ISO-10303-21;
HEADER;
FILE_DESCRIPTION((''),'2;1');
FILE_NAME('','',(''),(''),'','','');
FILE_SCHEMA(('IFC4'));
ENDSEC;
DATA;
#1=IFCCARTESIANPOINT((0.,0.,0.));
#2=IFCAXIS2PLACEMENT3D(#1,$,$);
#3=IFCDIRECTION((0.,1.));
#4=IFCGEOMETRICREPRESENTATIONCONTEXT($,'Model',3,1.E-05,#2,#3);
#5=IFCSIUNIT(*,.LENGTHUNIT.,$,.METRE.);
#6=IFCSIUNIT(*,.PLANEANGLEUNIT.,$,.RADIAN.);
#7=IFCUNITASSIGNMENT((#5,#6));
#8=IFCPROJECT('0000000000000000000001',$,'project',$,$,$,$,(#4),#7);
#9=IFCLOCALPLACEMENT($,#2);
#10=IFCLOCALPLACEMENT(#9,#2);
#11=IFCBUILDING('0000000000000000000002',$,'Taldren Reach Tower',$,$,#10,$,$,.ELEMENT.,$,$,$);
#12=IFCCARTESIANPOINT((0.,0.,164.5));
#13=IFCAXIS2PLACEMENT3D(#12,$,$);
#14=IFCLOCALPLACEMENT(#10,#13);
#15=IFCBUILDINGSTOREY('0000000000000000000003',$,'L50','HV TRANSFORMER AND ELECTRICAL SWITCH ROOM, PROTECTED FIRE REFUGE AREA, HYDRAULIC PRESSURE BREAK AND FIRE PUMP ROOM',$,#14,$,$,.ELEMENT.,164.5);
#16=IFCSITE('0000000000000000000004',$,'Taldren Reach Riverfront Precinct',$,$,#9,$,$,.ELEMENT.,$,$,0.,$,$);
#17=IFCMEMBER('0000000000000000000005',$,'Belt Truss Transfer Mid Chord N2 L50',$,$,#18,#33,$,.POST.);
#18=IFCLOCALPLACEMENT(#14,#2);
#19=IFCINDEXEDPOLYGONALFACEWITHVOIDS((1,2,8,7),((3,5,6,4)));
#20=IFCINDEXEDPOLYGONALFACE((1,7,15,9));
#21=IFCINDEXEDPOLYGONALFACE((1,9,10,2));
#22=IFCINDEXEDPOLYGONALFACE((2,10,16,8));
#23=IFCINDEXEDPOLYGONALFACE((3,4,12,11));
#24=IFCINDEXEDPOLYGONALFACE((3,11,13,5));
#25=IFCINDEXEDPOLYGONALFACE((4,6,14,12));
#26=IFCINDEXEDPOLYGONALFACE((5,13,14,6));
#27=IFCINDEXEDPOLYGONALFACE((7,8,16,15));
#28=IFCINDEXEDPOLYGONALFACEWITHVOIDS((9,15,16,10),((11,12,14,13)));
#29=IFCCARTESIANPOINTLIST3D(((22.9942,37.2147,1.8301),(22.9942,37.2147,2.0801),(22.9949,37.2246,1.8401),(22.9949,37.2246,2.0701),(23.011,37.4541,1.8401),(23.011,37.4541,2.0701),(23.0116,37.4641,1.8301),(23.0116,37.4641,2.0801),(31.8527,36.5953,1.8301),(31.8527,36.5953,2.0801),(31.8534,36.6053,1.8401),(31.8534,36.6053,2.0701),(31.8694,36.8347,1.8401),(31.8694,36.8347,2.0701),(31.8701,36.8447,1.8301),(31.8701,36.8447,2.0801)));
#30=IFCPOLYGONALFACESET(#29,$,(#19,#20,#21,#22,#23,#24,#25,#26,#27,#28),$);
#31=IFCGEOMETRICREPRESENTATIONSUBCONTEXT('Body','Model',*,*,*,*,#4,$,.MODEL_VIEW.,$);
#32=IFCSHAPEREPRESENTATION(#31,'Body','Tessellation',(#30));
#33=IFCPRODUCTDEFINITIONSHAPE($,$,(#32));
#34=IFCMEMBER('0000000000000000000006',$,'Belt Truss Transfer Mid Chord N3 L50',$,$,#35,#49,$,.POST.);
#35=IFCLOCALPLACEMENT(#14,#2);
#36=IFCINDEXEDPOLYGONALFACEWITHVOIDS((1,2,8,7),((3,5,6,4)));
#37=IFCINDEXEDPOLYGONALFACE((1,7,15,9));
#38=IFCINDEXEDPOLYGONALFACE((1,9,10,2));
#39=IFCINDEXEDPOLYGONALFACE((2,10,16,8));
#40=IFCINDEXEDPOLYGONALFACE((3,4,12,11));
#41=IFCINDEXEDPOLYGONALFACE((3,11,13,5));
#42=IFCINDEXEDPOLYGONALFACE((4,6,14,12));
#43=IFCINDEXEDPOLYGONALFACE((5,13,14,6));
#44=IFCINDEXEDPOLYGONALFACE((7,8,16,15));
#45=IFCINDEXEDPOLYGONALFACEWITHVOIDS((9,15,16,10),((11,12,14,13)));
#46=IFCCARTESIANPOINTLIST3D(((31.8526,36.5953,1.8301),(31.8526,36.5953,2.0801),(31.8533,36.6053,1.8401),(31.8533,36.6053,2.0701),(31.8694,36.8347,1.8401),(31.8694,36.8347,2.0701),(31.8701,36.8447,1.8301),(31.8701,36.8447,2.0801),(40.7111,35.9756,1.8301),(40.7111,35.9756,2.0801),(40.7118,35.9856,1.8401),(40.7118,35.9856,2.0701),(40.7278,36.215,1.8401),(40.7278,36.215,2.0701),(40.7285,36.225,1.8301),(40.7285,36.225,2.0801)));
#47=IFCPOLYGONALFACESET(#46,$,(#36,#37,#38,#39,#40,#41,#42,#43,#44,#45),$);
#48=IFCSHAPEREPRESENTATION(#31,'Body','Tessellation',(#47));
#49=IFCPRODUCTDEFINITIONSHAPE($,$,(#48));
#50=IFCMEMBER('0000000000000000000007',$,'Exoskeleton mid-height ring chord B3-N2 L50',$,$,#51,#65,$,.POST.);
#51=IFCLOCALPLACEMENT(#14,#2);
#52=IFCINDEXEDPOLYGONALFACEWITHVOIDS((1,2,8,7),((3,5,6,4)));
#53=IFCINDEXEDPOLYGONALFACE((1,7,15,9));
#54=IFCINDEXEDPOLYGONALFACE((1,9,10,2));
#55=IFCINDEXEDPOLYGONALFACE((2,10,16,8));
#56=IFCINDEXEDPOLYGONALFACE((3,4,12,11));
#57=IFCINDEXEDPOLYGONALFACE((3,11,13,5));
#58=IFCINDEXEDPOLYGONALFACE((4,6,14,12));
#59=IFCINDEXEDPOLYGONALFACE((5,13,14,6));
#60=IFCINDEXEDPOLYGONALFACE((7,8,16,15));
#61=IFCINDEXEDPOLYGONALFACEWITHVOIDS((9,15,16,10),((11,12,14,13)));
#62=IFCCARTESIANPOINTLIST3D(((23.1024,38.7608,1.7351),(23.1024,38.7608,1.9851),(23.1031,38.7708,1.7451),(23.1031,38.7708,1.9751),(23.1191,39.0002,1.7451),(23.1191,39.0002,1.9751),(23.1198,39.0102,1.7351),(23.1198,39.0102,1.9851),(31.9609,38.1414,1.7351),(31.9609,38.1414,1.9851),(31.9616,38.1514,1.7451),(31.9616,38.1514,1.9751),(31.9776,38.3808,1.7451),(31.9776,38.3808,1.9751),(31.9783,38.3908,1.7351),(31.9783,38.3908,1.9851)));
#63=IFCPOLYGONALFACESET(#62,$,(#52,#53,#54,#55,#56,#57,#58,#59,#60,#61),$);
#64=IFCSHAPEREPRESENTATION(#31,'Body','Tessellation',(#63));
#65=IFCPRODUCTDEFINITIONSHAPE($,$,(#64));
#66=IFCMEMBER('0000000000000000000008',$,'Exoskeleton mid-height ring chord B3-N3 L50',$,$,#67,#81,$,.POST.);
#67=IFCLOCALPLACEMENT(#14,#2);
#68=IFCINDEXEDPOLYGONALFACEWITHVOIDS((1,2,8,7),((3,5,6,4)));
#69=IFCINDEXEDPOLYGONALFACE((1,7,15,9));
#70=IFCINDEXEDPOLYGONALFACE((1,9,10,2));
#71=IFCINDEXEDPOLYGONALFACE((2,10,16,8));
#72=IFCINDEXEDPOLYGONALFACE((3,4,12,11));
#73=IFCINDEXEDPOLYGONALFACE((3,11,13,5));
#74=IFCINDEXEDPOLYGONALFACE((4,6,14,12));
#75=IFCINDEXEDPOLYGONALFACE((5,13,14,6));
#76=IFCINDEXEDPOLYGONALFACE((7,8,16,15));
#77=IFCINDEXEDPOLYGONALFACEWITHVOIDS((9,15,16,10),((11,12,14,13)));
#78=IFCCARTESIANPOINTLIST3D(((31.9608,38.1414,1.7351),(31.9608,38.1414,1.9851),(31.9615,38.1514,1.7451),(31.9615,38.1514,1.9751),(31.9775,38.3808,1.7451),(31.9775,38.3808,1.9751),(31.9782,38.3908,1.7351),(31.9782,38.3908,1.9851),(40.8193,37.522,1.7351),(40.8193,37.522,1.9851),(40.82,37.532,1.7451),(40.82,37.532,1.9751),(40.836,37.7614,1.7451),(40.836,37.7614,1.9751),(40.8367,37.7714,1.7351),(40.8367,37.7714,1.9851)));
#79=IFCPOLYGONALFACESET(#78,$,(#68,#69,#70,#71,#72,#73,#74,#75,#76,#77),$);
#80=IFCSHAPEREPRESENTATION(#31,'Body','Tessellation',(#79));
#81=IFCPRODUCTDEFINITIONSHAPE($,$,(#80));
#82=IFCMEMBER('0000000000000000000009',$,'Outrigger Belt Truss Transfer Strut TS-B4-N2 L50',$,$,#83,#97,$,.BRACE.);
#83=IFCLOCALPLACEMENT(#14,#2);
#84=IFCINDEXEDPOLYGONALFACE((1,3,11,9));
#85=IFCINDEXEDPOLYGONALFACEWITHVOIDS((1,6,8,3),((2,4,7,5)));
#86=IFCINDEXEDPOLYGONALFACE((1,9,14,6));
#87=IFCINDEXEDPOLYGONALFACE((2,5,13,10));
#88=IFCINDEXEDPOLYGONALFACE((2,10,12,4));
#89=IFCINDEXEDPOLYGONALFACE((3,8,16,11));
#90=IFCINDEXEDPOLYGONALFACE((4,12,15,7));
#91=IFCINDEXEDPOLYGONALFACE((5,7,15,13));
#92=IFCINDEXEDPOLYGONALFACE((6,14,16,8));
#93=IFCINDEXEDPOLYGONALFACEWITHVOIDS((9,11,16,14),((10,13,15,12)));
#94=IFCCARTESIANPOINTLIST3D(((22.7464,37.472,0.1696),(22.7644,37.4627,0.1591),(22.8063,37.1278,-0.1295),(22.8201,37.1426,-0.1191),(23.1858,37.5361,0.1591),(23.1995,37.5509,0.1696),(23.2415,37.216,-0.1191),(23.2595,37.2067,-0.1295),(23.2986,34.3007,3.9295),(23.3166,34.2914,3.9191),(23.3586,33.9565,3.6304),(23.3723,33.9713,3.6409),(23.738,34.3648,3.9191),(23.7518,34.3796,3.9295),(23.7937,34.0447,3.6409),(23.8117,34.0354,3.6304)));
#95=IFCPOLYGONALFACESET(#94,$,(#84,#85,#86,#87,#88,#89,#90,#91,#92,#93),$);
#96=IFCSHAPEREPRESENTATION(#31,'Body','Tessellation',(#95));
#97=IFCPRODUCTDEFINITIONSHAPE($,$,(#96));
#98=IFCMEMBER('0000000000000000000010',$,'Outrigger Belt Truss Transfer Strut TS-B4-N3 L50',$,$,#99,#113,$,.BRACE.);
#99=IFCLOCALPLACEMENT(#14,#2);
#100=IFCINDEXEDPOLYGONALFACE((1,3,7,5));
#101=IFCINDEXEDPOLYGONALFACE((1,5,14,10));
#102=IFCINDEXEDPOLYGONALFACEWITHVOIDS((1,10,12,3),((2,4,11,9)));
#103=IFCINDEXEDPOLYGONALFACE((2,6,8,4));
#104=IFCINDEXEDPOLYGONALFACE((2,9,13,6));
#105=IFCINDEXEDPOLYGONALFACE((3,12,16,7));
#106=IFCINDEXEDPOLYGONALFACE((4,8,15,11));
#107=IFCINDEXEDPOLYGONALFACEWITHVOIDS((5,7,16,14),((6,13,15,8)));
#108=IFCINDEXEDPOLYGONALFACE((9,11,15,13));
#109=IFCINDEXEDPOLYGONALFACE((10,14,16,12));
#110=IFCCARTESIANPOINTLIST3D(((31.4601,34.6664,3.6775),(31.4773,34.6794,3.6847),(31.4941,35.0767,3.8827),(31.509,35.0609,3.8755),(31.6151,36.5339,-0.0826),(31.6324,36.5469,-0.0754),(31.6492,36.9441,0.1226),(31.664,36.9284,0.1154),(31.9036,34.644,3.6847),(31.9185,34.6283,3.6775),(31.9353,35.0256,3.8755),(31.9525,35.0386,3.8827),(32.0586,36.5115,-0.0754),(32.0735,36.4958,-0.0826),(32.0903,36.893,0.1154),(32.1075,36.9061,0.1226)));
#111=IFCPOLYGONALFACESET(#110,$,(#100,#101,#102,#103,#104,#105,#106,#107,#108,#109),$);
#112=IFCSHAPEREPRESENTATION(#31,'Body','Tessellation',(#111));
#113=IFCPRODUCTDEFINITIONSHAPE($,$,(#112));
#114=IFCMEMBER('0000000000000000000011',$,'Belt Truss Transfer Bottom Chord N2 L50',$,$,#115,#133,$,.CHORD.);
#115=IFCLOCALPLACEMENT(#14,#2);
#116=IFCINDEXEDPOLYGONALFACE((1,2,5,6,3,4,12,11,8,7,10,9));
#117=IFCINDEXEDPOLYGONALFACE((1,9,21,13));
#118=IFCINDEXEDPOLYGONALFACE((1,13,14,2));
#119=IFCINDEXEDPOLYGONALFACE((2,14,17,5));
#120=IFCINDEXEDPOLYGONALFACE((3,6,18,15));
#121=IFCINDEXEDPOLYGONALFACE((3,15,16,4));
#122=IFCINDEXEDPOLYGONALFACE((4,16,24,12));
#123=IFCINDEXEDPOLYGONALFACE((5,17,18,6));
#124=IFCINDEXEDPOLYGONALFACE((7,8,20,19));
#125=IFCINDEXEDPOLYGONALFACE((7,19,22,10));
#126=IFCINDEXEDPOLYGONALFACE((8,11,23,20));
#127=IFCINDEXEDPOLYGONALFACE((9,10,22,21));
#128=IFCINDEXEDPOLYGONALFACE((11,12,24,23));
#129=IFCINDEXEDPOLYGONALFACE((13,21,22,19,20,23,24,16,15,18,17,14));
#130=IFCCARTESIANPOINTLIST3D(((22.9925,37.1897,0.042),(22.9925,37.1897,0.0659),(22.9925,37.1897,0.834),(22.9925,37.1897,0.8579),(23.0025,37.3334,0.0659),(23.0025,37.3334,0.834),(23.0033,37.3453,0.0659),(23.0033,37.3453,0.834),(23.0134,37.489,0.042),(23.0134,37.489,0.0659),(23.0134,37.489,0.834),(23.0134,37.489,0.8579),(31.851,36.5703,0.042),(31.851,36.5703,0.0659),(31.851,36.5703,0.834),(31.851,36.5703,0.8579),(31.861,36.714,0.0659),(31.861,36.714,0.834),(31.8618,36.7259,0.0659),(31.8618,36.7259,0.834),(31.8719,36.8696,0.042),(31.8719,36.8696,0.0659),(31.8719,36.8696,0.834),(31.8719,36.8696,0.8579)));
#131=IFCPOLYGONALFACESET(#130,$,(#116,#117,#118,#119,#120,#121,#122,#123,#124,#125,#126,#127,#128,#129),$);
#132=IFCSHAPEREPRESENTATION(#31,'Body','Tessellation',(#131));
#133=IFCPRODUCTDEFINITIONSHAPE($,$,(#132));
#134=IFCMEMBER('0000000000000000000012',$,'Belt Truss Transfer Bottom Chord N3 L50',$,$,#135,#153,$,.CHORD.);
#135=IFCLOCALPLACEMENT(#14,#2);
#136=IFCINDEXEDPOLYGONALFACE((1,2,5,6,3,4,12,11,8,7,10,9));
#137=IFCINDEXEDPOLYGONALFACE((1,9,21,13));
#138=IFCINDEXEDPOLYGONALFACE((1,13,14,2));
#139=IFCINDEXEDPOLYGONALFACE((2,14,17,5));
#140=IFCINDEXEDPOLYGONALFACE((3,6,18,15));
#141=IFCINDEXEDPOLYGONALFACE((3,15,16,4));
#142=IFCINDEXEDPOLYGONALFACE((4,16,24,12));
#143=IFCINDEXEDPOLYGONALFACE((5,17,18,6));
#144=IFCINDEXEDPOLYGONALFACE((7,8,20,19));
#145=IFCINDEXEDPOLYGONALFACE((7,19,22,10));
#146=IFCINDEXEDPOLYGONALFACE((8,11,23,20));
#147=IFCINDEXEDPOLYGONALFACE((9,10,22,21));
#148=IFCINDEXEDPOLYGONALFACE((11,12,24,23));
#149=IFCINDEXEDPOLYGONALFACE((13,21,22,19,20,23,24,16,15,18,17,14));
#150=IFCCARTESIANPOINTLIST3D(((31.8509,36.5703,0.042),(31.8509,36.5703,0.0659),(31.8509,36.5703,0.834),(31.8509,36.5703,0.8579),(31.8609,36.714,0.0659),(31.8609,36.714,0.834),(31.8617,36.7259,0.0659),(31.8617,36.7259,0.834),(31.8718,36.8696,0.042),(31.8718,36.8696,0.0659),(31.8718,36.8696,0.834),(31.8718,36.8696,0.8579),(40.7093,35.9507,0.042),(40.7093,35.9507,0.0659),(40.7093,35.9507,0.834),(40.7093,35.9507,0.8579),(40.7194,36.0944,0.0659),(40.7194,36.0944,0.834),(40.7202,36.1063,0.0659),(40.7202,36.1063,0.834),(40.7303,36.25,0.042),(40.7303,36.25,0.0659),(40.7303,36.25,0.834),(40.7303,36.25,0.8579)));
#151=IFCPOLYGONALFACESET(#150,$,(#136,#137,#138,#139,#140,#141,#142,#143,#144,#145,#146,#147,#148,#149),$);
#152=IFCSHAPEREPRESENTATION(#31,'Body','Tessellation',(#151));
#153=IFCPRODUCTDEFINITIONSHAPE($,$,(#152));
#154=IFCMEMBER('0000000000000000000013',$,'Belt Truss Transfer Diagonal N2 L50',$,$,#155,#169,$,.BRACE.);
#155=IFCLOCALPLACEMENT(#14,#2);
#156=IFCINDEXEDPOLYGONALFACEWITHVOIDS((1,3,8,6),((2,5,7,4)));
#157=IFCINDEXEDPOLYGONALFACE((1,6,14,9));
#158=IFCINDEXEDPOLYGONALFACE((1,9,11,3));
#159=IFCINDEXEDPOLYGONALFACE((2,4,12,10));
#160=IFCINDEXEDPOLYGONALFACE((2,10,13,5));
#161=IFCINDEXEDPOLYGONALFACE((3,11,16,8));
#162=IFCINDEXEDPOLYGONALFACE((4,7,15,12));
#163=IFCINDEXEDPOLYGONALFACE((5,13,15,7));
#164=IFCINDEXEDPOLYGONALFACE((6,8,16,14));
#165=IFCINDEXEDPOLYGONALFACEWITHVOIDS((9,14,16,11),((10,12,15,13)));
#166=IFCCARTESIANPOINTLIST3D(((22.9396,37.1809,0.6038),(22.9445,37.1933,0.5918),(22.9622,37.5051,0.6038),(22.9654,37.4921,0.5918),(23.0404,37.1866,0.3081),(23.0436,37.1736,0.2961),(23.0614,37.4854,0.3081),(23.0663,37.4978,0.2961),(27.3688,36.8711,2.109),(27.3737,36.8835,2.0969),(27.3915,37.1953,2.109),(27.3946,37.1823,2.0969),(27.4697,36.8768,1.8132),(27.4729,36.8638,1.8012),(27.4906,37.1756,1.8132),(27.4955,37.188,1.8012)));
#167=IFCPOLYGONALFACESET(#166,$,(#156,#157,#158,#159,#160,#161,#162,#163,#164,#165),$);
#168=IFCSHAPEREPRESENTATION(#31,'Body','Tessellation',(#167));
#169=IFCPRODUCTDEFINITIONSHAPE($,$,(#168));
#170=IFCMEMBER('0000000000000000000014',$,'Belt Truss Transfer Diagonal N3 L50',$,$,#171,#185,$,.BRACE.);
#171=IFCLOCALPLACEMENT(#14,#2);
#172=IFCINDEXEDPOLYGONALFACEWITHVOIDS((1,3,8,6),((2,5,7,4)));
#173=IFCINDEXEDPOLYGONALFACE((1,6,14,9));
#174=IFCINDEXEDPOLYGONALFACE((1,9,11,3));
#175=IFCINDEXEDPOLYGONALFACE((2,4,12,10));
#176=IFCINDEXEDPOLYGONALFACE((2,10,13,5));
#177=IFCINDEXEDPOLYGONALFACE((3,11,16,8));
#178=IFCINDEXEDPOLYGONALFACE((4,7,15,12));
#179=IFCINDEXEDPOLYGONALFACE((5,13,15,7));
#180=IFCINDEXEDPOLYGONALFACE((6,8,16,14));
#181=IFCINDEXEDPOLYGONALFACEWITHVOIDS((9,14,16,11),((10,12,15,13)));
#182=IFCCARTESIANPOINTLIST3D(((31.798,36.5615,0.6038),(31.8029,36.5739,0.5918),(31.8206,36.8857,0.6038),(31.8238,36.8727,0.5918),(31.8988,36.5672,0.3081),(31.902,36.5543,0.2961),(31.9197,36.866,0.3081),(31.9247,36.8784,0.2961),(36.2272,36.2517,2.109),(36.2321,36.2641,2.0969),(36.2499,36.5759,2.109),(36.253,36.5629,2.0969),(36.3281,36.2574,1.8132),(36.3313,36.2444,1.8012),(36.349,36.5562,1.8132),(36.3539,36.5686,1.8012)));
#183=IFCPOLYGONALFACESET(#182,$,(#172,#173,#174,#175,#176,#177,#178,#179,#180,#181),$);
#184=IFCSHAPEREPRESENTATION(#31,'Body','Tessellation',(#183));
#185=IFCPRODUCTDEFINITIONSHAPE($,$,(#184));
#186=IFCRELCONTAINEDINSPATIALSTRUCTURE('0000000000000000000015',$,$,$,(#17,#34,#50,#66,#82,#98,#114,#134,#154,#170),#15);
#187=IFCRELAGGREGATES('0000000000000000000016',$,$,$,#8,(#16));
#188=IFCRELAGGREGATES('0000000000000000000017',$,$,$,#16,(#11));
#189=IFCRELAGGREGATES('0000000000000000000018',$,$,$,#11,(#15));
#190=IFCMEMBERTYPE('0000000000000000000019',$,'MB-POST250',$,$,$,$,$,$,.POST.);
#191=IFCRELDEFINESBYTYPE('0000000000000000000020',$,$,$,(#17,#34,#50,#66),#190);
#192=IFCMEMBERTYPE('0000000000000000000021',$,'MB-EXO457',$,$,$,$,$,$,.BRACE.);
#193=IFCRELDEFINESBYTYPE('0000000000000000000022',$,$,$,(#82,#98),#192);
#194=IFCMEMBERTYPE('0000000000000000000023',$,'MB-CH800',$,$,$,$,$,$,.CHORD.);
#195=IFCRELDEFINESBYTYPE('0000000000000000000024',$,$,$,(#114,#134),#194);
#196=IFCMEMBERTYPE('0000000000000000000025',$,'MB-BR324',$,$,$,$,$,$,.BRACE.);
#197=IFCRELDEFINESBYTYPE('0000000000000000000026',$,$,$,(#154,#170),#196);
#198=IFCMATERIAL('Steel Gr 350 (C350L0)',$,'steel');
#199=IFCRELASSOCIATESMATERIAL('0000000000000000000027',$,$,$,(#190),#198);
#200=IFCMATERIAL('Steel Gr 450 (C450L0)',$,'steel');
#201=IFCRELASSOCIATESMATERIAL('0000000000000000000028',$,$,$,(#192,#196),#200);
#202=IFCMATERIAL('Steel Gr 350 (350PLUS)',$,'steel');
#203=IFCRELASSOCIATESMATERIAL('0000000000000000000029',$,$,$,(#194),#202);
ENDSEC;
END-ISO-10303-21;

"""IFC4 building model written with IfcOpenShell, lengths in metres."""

from ifc_helpers import new_model, si_unit, direction, frame, origin, origin_2d, place, context, subcontext, project, spatial, hollow_rectangle, i_section, extrude, source, transform, mapped, material, material_profile, profile_set, type_object, element, save


model = new_model("IFC4")

# Units and contexts
model_context = context("Model", 3, precision=1e-05, world=origin(), true_north=direction((0.0, 1.0)))
body_context = subcontext(model_context, "Body", "Model", "MODEL_VIEW")
ifc_project = project(units=[si_unit("LENGTHUNIT", "METRE"), si_unit("PLANEANGLEUNIT", "RADIAN")], contexts=[model_context])

# Site, building, storey
site_placement = place(None, origin())
site = spatial("IfcSite", under=ifc_project, at=site_placement, Name="Taldren Reach Riverfront Precinct", CompositionType="ELEMENT", RefElevation=0.0)
building_placement = place(site_placement, origin())
building = spatial("IfcBuilding", under=site, at=building_placement, Name="Taldren Reach Tower", CompositionType="ELEMENT")
storey_placement = place(building_placement, frame((0.0, 0.0, 164.5)))
storey = spatial("IfcBuildingStorey", under=building, at=storey_placement, Name="L50", Description="HV TRANSFORMER AND ELECTRICAL SWITCH ROOM, PROTECTED FIRE REFUGE AREA, HYDRAULIC PRESSURE BREAK AND FIRE PUMP ROOM", CompositionType="ELEMENT", Elevation=164.5)

# Shared definitions
ifc_material_1 = material(Name="Steel Gr 350 (350PLUS)", Category="steel")

# Shared definitions
ifc_material_2 = material(Name="Steel Gr 450 (C450L0)", Category="steel")
ifc_material_3 = material(Name="Steel Gr 350 (C350L0)", Category="steel")
ifc_material_profile_1 = material_profile(ifc_material_3, hollow_rectangle(XDim=0.25, YDim=0.25, WallThickness=0.01, at=origin_2d()), Name="250x250x10.0SHS")
ifc_profile_set_1 = profile_set([ifc_material_profile_1], Name="Steel Gr 350 (C350L0)")
member_type_1 = type_object("IfcMemberType", Name="MB-POST250", PredefinedType="POST", material=ifc_profile_set_1)

# Members
shared_shape_1 = source(origin(), body_context, "Body", "SweptSolid", [
    extrude(hollow_rectangle(XDim=0.25, YDim=0.25, WallThickness=0.01, at=origin_2d()), origin(), (0.0, 0.0, 1.0), 8.8801),
])
for number, where, z_axis, x_axis, name in (
    (1, (23.0029, 37.3394, 1.9551), (0.997564, -0.06975, 0.0), (0.06975, 0.997564, 0.0), "Belt Truss Transfer Mid Chord N2 L50"),
    (2, (31.8613, 36.72, 1.9551), (0.997563, -0.069778, 0.0), (0.069778, 0.997563, 0.0), "Belt Truss Transfer Mid Chord N3 L50"),
    (3, (23.1111, 38.8855, 1.8601), (0.997564, -0.06975, 0.0), (0.06975, 0.997564, 0.0), "Exoskeleton mid-height ring chord B3-N2 L50"),
    (4, (31.9695, 38.2661, 1.8601), (0.997564, -0.06975, 0.0), (0.06975, 0.997564, 0.0), "Exoskeleton mid-height ring chord B3-N3 L50"),
):
    element("IfcMember", number, at=place(storey_placement, frame(where, z_axis=z_axis, x_axis=x_axis)), inside=storey, type_object=member_type_1, Name=name, PredefinedType="POST", context=body_context, shape_type="MappedRepresentation", body=[
        mapped(shared_shape_1, transform((0.0, 0.0, 0.0), scale=1.0)),
    ])
ifc_material_profile_2 = material_profile(ifc_material_2, hollow_rectangle(XDim=0.46, YDim=0.46, WallThickness=0.0161, at=origin_2d()), Name="460x460x16.0SHS")
ifc_profile_set_2 = profile_set([ifc_material_profile_2], Name="Steel Gr 450 (C450L0)")
member_type_2 = type_object("IfcMemberType", Name="MB-EXO457", PredefinedType="BRACE", material=ifc_profile_set_2)
shared_shape_2 = source(origin(), body_context, "Body", "SweptSolid", [
    extrude(hollow_rectangle(XDim=0.46, YDim=0.46, WallThickness=0.0161, at=origin_2d()), origin(), (0.0, 0.0, 1.0), 4.9497),
])
member_1_placement = place(storey_placement, frame((23.0029, 37.3394, 0.02), z_axis=(0.11157, -0.640712, 0.759631), x_axis=(0.985175, 0.171552, 0.0)))
element("IfcMember", 5, at=member_1_placement, inside=storey, type_object=member_type_2, Name="Outrigger Belt Truss Transfer Strut TS-B4-N2 L50", PredefinedType="BRACE", context=body_context, shape_type="MappedRepresentation", body=[
    mapped(shared_shape_2, transform((0.0, 0.0, 0.0), scale=1.0)),
])
shared_shape_3 = source(origin(), body_context, "Body", "SweptSolid", [
    extrude(hollow_rectangle(XDim=0.46, YDim=0.46, WallThickness=0.0161, at=origin_2d()), origin(), (0.0, 0.0, 1.0), 4.2012),
])
member_2_placement = place(storey_placement, frame((31.8613, 36.72, 0.02), z_axis=(-0.036902, -0.444513, 0.895012), x_axis=(0.996572, -0.082733, 0.0)))
element("IfcMember", 6, at=member_2_placement, inside=storey, type_object=member_type_2, Name="Outrigger Belt Truss Transfer Strut TS-B4-N3 L50", PredefinedType="BRACE", context=body_context, shape_type="MappedRepresentation", body=[
    mapped(shared_shape_3, transform((0.0, 0.0, 0.0), scale=1.0)),
])
ifc_material_profile_3 = material_profile(ifc_material_1, i_section(OverallWidth=0.3, OverallDepth=0.8159, WebThickness=0.012, FlangeThickness=0.0239, at=origin_2d()), Name="800WB192")
ifc_profile_set_3 = profile_set([ifc_material_profile_3], Name="Steel Gr 350 (350PLUS)")
member_type_3 = type_object("IfcMemberType", Name="MB-CH800", PredefinedType="CHORD", material=ifc_profile_set_3)
shared_shape_4 = source(origin(), body_context, "Body", "SweptSolid", [
    extrude(i_section(OverallWidth=0.3, OverallDepth=0.8159, WebThickness=0.012, FlangeThickness=0.0239, at=origin_2d()), origin(), (0.0, 0.0, 1.0), 8.8801),
])
for number, where, z_axis, x_axis, name in (
    (7, (23.0029, 37.3394, 0.45), (0.997564, -0.06975, 0.0), (0.06975, 0.997564, 0.0), "Belt Truss Transfer Bottom Chord N2 L50"),
    (8, (31.8613, 36.72, 0.45), (0.997563, -0.069778, 0.0), (0.069778, 0.997563, 0.0), "Belt Truss Transfer Bottom Chord N3 L50"),
):
    element("IfcMember", number, at=place(storey_placement, frame(where, z_axis=z_axis, x_axis=x_axis)), inside=storey, type_object=member_type_3, Name=name, PredefinedType="CHORD", context=body_context, shape_type="MappedRepresentation", body=[
        mapped(shared_shape_4, transform((0.0, 0.0, 0.0), scale=1.0)),
    ])
ifc_material_profile_4 = material_profile(ifc_material_2, hollow_rectangle(XDim=0.325, YDim=0.325, WallThickness=0.0127, at=origin_2d()), Name="325x325x12.7SHS")
ifc_profile_set_4 = profile_set([ifc_material_profile_4], Name="Steel Gr 450 (C450L0)")
member_type_4 = type_object("IfcMemberType", Name="MB-BR324", PredefinedType="BRACE", material=ifc_profile_set_4)
shared_shape_5 = source(origin(), body_context, "Body", "SweptSolid", [
    extrude(hollow_rectangle(XDim=0.325, YDim=0.325, WallThickness=0.0127, at=origin_2d()), origin(), (0.0, 0.0, 1.0), 4.6882),
])
for number, where, z_axis, x_axis, name in (
    (9, (23.0029, 37.3394, 0.45), (0.944755, -0.066084, 0.321046), (0.069778, 0.997563, 0.0), "Belt Truss Transfer Diagonal N2 L50"),
    (10, (31.8613, 36.72, 0.45), (0.944755, -0.066084, 0.321046), (0.069778, 0.997563, 0.0), "Belt Truss Transfer Diagonal N3 L50"),
):
    element("IfcMember", number, at=place(storey_placement, frame(where, z_axis=z_axis, x_axis=x_axis)), inside=storey, type_object=member_type_4, Name=name, PredefinedType="BRACE", context=body_context, shape_type="MappedRepresentation", body=[
        mapped(shared_shape_5, transform((0.0, 0.0, 0.0), scale=1.0)),
    ])

save(model, "model.ifc")
